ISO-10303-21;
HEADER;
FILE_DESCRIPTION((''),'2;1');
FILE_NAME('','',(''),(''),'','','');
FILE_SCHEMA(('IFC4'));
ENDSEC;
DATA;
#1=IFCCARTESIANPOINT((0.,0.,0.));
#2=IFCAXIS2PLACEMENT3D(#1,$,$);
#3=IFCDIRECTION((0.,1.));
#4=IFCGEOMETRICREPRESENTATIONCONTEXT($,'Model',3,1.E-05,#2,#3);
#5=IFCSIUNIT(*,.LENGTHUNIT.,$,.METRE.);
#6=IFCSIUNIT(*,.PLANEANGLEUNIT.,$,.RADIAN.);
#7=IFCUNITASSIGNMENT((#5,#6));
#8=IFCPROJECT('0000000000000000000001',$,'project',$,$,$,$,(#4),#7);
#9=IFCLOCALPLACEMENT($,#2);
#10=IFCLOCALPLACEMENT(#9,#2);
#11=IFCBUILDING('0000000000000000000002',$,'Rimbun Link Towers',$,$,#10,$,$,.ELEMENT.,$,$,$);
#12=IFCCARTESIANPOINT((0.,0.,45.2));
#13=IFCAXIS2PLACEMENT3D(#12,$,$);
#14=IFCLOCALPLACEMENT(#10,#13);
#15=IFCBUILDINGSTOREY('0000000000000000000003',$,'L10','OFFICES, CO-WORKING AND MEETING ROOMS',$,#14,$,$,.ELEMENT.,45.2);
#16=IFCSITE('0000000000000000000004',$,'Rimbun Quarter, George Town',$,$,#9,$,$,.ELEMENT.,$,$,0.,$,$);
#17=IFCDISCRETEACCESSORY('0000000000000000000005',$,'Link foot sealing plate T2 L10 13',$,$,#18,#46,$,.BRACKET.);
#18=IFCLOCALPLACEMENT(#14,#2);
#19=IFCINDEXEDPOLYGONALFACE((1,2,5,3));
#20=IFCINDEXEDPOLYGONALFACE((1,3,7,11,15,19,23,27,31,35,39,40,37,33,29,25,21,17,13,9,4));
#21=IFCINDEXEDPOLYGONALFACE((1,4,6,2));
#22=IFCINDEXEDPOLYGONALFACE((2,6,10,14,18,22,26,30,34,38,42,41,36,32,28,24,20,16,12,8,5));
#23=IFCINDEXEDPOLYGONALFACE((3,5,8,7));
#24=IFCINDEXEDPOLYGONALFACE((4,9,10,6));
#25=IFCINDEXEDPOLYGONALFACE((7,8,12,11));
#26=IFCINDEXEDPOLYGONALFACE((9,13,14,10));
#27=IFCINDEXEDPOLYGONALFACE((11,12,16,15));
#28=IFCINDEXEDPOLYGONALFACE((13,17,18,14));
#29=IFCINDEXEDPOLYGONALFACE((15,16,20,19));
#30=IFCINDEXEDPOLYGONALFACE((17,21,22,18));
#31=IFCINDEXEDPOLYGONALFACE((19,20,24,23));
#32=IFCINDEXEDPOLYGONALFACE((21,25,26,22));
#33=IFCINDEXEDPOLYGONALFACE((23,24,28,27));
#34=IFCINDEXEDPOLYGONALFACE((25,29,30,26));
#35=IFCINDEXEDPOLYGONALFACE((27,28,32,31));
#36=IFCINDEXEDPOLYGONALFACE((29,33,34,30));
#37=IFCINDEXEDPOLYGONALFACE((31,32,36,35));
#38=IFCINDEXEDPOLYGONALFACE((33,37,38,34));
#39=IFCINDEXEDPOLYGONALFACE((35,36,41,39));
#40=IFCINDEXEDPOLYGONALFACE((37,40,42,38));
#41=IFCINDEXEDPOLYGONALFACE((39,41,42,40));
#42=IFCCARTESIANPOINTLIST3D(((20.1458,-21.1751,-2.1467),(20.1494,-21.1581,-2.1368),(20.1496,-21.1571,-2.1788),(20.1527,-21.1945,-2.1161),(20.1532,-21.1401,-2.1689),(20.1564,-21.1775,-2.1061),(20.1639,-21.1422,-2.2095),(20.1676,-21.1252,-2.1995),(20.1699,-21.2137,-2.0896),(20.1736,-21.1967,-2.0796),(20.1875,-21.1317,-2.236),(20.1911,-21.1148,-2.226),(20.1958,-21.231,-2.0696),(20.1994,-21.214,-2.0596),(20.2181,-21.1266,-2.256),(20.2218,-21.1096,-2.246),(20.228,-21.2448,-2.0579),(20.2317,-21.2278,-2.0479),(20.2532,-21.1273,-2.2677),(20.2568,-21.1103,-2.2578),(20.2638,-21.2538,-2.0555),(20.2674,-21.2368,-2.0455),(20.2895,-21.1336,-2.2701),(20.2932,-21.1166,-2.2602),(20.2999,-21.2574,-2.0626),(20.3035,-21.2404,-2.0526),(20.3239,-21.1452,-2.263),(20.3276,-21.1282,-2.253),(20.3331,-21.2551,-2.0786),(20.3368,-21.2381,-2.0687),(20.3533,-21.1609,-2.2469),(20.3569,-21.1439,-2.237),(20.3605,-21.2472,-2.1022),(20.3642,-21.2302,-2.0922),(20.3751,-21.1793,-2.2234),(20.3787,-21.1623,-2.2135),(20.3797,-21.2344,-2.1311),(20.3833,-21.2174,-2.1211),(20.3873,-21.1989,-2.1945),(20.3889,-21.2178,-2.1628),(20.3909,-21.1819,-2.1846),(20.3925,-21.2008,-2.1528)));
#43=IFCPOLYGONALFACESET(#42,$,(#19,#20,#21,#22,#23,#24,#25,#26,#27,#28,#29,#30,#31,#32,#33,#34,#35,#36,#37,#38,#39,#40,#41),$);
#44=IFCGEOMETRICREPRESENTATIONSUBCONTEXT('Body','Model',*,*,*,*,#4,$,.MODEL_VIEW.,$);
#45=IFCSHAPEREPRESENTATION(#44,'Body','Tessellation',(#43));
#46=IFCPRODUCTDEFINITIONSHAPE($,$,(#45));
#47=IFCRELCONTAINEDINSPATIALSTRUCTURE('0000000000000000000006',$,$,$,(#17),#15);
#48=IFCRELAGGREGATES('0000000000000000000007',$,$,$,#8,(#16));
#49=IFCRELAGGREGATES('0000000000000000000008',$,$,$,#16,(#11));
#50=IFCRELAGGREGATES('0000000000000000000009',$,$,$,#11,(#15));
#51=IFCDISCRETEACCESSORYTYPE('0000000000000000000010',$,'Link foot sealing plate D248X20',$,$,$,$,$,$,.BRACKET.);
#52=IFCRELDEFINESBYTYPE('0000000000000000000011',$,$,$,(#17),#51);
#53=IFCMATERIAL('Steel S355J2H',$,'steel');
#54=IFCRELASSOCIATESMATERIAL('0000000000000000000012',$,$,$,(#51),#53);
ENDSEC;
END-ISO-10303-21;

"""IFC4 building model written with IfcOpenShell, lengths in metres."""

from ifc_helpers import new_model, si_unit, direction, frame, origin, origin_2d, place, context, subcontext, project, spatial, circle, extrude, material, material_profile, profile_set, type_object, element, save


model = new_model("IFC4")

# Units and contexts
model_context = context("Model", 3, precision=1e-05, world=origin(), true_north=direction((0.0, 1.0)))
body_context = subcontext(model_context, "Body", "Model", "MODEL_VIEW")
ifc_project = project(units=[si_unit("LENGTHUNIT", "METRE"), si_unit("PLANEANGLEUNIT", "RADIAN")], contexts=[model_context])

# Site, building, storey
site_placement = place(None, origin())
site = spatial("IfcSite", under=ifc_project, at=site_placement, Name="Rimbun Quarter, George Town", CompositionType="ELEMENT", RefElevation=0.0)
building_placement = place(site_placement, origin())
building = spatial("IfcBuilding", under=site, at=building_placement, Name="Rimbun Link Towers", CompositionType="ELEMENT")
storey_placement = place(building_placement, frame((0.0, 0.0, 45.2)))
storey = spatial("IfcBuildingStorey", under=building, at=storey_placement, Name="L10", Description="OFFICES, CO-WORKING AND MEETING ROOMS", CompositionType="ELEMENT", Elevation=45.2)

# Discrete accessory
ifc_material_1 = material(Name="Steel S355J2H", Category="steel")
ifc_material_profile_1 = material_profile(ifc_material_1, circle(Radius=0.124, at=origin_2d()), Name="PL D248")
ifc_profile_set_1 = profile_set([ifc_material_profile_1], Name="Steel S355J2H")
discrete_accessory_type = type_object("IfcDiscreteAccessoryType", Name="Link foot sealing plate D248X20", PredefinedType="BRACKET", material=ifc_profile_set_1)
discrete_accessory_placement = place(storey_placement, frame((20.2712, -21.1748, -2.1528), z_axis=(-0.181822, -0.8485, -0.496979), x_axis=(0.977802, -0.209529, 0.0)))
element("IfcDiscreteAccessory", 1, at=discrete_accessory_placement, inside=storey, type_object=discrete_accessory_type, Name="Link foot sealing plate T2 L10 13", PredefinedType="BRACKET", context=body_context, shape_type="SweptSolid", body=[
    extrude(circle(Radius=0.124, at=origin_2d()), origin(), (0.0, 0.0, 1.0), 0.02),
])

save(model, "model.ifc")
